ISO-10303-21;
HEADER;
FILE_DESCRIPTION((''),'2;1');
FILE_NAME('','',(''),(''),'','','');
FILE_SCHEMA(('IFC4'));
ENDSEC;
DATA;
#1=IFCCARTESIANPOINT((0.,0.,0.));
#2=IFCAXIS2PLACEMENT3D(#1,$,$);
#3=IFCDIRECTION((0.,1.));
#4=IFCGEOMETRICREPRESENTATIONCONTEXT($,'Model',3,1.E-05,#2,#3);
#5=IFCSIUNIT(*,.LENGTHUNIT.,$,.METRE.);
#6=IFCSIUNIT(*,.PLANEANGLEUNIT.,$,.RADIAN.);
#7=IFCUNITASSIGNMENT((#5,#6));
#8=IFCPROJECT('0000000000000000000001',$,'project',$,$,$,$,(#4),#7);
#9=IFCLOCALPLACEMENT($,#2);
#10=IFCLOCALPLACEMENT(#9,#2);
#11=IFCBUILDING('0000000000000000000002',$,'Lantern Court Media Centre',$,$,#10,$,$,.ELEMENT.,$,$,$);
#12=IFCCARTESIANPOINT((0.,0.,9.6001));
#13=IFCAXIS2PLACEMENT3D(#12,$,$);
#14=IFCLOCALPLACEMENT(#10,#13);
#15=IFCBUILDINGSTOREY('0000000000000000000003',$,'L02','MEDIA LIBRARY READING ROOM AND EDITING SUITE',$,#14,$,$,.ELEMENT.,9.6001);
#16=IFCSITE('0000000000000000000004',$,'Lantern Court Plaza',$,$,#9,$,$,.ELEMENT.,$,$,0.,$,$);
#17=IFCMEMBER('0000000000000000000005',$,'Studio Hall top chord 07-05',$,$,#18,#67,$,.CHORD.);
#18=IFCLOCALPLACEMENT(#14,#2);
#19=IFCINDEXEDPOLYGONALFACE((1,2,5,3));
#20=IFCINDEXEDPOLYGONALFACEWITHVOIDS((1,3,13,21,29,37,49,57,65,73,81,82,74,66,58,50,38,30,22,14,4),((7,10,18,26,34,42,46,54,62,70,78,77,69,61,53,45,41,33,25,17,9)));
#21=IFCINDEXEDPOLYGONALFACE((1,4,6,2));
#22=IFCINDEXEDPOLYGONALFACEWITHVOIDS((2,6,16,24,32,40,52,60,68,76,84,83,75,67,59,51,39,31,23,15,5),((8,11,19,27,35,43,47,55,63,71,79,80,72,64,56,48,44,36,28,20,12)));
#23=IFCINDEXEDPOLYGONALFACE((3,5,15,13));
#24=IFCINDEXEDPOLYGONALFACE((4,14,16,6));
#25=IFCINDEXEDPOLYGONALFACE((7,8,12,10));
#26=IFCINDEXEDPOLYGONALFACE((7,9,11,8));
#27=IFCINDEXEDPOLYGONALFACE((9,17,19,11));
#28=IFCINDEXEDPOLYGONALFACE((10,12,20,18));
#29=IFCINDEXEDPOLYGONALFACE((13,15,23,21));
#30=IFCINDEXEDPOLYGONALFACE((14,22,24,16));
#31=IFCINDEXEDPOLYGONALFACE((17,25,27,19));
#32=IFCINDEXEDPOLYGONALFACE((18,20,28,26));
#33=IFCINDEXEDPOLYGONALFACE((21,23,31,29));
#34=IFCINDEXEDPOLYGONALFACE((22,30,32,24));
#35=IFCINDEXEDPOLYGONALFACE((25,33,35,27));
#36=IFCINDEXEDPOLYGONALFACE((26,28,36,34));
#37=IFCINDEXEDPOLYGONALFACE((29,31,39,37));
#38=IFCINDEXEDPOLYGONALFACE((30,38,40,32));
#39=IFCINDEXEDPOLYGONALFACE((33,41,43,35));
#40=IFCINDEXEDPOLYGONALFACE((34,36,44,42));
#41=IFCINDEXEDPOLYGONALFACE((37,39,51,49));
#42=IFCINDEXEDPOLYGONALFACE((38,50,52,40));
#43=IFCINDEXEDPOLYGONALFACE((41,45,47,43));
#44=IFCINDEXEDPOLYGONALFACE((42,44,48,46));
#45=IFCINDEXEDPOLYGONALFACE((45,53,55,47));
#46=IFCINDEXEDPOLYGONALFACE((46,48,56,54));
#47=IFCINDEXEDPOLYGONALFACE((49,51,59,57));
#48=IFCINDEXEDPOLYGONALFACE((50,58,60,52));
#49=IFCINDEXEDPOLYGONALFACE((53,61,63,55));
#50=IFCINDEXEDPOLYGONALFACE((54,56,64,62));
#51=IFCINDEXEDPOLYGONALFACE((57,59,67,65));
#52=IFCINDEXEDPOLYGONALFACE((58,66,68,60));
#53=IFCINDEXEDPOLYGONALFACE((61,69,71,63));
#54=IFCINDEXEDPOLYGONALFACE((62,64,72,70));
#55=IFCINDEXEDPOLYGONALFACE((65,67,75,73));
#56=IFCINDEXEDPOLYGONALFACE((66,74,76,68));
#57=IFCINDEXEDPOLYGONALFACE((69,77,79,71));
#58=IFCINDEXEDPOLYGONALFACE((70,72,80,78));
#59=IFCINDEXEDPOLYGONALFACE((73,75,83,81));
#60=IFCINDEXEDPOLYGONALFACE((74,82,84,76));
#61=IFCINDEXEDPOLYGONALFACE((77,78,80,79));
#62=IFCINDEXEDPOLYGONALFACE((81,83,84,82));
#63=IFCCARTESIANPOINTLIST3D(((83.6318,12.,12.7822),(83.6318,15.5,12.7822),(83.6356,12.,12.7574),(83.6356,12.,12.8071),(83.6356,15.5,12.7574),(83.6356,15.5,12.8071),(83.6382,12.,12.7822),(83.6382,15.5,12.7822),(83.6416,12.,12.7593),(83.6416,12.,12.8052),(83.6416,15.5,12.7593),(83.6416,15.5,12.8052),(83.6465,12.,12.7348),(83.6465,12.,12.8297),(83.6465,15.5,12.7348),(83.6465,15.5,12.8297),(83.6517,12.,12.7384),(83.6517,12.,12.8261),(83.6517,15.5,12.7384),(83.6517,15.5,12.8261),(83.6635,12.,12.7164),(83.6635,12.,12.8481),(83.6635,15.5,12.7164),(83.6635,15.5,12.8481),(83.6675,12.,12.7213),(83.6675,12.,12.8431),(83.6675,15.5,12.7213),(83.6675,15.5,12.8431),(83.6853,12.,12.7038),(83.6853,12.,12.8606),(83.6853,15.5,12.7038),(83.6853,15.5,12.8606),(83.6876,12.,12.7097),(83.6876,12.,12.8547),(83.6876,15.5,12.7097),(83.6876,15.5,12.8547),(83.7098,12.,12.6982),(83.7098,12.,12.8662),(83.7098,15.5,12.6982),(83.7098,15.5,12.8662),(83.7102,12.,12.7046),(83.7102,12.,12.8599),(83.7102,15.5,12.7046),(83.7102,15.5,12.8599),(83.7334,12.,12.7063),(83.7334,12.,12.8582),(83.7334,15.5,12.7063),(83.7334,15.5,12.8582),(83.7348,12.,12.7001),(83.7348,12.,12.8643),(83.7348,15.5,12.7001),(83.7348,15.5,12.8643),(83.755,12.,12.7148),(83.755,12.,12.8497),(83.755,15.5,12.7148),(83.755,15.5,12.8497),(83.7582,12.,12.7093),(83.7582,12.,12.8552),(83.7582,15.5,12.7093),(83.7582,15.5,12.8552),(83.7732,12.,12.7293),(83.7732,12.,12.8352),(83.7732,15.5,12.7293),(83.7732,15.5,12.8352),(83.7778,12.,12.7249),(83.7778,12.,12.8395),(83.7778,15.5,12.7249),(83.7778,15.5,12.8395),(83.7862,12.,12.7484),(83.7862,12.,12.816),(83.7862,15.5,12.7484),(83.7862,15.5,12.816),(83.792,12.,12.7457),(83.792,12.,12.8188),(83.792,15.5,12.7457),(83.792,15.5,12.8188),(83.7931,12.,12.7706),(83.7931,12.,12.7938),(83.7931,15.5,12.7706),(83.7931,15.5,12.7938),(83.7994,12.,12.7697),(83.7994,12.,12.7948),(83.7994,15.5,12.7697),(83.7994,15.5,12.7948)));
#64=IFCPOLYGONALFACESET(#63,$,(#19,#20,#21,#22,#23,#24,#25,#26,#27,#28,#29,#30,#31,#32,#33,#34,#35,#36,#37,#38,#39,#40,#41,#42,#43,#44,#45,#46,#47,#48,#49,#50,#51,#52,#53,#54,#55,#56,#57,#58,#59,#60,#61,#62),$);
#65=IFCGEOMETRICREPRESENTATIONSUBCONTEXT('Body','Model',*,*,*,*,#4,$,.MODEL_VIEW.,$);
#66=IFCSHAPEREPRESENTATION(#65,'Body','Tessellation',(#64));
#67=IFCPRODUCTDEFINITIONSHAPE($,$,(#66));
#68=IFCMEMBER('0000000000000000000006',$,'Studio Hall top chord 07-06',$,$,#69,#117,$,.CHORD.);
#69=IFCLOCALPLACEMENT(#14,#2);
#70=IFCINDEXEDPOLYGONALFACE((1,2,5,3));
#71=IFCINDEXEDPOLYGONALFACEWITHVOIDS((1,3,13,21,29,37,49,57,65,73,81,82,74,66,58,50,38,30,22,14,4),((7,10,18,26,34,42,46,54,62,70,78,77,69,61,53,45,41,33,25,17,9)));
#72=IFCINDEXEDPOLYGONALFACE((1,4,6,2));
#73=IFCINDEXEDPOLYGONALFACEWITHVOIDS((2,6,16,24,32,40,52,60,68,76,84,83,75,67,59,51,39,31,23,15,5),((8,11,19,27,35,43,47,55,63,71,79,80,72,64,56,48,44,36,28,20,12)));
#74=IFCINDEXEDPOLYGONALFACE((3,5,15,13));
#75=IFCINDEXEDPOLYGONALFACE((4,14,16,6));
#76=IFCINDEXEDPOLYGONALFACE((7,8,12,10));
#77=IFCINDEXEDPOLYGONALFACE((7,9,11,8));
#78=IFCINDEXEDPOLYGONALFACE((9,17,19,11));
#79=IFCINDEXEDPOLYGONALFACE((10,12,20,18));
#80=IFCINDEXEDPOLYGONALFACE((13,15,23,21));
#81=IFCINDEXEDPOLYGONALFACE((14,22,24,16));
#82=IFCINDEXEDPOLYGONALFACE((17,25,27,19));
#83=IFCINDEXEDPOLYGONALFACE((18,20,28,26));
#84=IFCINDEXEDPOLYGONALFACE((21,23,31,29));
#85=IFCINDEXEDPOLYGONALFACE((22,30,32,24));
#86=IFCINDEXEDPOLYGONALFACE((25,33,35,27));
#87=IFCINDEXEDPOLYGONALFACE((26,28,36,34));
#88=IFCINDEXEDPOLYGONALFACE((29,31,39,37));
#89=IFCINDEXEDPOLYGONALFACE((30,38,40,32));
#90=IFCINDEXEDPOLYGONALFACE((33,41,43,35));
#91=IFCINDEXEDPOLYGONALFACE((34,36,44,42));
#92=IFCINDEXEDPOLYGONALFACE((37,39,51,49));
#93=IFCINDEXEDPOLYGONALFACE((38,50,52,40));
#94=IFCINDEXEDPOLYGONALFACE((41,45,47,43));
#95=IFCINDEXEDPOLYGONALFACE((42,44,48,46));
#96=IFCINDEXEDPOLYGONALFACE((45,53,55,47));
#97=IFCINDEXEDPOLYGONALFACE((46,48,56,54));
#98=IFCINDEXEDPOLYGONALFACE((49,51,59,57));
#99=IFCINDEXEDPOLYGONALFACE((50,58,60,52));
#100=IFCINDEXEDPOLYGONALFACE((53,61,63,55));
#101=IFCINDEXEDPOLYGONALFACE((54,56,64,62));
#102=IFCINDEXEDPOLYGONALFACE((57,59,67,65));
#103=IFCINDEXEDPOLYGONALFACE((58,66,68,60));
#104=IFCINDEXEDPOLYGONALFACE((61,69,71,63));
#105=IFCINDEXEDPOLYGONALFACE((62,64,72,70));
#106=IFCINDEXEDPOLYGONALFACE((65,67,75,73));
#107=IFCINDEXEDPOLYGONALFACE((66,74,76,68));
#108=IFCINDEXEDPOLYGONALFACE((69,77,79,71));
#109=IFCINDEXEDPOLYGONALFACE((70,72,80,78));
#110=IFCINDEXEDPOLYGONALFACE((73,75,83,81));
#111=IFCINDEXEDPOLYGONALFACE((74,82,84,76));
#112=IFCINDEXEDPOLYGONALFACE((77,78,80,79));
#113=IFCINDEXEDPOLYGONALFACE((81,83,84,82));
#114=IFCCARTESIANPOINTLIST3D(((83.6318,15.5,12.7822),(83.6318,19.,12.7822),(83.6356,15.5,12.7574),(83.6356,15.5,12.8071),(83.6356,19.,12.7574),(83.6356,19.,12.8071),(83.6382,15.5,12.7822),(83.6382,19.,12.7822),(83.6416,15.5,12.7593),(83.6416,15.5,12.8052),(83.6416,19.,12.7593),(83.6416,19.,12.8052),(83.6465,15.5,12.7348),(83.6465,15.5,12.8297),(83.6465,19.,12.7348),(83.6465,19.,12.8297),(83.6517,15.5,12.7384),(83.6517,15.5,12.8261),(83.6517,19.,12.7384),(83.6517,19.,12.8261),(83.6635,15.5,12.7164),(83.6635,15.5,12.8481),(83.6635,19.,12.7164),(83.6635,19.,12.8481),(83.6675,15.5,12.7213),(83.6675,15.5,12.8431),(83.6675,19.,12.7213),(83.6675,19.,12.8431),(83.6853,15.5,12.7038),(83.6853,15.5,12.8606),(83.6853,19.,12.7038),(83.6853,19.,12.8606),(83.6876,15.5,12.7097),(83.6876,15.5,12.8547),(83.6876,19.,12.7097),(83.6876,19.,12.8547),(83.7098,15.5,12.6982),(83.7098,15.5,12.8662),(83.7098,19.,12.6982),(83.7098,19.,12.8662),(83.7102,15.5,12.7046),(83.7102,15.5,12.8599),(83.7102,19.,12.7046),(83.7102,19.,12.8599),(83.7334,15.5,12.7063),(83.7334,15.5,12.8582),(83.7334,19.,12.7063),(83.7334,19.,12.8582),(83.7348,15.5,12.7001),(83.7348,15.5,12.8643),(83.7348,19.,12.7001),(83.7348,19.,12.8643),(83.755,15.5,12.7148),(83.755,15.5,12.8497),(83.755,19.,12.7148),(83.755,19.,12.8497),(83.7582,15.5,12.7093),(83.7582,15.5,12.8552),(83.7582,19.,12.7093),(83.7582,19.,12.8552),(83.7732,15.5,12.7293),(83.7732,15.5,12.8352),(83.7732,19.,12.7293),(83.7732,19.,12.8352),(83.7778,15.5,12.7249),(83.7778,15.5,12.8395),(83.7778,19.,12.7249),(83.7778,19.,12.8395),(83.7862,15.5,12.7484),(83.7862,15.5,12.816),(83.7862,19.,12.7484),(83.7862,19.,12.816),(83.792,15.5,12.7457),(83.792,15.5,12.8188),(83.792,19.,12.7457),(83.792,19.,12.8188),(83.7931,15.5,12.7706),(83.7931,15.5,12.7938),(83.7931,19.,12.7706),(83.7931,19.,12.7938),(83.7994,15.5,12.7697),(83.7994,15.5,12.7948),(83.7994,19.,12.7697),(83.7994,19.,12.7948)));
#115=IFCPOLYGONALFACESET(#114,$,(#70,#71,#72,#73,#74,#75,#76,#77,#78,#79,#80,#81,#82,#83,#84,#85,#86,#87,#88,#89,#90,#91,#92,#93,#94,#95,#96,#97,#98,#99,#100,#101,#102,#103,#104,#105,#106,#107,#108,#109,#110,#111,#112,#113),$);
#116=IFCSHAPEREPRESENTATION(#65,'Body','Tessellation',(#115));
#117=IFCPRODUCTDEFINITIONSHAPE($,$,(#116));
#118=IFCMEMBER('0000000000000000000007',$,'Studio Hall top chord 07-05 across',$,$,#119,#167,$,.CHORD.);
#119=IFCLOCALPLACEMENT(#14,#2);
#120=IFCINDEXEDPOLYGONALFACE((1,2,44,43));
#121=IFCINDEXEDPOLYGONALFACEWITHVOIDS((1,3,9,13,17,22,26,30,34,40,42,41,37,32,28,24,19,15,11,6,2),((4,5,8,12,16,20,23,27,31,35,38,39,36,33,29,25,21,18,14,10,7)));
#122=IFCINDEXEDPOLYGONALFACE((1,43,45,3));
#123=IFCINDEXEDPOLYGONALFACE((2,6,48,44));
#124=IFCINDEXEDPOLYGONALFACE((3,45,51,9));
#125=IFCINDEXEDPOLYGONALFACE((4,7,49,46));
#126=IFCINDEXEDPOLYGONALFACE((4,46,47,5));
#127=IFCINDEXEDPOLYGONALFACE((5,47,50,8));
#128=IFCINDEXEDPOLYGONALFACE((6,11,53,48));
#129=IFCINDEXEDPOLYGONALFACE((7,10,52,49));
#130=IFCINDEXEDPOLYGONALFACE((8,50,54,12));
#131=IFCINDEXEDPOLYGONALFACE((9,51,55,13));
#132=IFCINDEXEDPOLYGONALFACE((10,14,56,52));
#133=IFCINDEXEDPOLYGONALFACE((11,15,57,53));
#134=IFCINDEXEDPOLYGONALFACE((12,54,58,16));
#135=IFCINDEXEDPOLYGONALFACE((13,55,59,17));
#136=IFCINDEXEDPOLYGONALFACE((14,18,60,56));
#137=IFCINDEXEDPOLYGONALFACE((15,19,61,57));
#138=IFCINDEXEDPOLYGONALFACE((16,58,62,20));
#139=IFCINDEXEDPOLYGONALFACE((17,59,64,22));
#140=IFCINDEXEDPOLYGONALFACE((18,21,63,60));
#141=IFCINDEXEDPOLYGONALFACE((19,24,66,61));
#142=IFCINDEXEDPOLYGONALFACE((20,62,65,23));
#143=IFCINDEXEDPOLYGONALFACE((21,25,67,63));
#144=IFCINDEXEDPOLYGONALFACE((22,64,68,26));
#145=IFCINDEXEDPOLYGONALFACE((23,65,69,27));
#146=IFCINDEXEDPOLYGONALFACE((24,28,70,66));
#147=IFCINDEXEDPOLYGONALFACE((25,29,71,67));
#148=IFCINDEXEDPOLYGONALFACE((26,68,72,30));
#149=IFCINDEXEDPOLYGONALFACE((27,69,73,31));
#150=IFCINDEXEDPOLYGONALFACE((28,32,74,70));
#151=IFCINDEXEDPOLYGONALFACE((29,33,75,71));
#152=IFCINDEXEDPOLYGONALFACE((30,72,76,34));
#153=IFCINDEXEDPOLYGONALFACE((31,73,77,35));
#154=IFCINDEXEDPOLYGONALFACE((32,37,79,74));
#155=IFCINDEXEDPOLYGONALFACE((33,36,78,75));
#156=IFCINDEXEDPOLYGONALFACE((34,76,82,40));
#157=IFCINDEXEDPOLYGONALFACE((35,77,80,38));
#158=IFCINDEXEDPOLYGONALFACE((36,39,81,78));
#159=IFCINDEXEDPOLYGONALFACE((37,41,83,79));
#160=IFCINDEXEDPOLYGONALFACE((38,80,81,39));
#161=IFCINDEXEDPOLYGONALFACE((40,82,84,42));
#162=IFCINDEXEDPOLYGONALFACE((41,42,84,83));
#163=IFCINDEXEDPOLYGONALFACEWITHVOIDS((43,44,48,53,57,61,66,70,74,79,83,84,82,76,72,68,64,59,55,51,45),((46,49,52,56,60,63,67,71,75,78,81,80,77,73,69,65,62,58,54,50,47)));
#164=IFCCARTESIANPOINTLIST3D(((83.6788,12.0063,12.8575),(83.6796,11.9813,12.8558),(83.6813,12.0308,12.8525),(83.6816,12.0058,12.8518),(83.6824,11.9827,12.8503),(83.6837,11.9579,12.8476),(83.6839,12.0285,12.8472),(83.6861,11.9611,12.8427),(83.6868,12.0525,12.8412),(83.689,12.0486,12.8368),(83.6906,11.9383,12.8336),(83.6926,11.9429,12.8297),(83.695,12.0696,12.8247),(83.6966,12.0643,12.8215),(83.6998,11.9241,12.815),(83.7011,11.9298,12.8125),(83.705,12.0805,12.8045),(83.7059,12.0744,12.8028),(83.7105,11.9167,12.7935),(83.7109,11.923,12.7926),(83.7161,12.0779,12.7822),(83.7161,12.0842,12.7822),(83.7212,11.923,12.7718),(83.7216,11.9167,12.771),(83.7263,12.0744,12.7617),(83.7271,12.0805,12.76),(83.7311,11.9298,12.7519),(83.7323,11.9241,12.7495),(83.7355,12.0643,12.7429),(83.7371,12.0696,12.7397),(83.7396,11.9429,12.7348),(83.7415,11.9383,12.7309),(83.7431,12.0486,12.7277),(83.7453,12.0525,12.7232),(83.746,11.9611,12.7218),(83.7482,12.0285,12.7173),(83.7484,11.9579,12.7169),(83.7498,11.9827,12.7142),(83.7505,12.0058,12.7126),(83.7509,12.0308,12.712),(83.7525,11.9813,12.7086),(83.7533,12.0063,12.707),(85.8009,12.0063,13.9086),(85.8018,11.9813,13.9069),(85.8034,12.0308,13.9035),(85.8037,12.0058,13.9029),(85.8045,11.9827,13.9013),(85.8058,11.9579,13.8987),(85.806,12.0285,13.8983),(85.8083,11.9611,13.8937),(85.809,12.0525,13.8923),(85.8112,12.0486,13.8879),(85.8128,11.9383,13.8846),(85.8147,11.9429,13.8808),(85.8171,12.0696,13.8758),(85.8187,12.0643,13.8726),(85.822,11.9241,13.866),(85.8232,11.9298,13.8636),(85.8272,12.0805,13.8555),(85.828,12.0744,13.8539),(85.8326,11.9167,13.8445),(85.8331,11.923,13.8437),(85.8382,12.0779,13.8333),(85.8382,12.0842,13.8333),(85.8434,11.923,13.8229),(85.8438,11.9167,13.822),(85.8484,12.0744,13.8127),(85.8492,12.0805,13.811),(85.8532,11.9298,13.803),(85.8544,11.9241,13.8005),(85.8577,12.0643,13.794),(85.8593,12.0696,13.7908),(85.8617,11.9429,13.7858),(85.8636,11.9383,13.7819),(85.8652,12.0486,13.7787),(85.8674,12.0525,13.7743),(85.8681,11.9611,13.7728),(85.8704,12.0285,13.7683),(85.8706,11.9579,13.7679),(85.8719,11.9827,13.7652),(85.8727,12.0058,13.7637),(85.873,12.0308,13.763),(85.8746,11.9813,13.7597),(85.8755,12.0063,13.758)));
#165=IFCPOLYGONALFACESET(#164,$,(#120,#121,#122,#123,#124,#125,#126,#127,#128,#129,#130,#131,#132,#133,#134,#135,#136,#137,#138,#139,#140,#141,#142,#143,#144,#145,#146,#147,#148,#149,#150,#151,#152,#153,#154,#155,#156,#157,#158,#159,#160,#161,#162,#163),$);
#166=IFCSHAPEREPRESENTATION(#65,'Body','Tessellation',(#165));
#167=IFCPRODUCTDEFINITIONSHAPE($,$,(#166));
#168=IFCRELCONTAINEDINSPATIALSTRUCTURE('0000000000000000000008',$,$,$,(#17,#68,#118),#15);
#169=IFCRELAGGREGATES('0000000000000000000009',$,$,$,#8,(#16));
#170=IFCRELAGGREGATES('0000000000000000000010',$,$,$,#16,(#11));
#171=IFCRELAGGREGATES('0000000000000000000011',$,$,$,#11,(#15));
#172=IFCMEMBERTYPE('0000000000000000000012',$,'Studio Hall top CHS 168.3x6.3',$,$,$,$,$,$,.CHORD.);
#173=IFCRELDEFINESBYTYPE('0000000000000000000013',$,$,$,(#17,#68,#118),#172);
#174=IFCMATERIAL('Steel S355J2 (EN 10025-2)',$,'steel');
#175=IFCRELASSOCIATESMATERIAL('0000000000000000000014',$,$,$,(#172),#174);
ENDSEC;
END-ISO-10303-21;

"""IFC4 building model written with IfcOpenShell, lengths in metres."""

from ifc_helpers import new_model, si_unit, direction, frame, origin, origin_2d, place, context, subcontext, project, spatial, hollow_circle, extrude, material, material_profile, profile_set, type_object, element, save


model = new_model("IFC4")

# Units and contexts
model_context = context("Model", 3, precision=1e-05, world=origin(), true_north=direction((0.0, 1.0)))
body_context = subcontext(model_context, "Body", "Model", "MODEL_VIEW")
ifc_project = project(units=[si_unit("LENGTHUNIT", "METRE"), si_unit("PLANEANGLEUNIT", "RADIAN")], contexts=[model_context])

# Site, building, storey
site_placement = place(None, origin())
site = spatial("IfcSite", under=ifc_project, at=site_placement, Name="Lantern Court Plaza", CompositionType="ELEMENT", RefElevation=0.0)
building_placement = place(site_placement, origin())
building = spatial("IfcBuilding", under=site, at=building_placement, Name="Lantern Court Media Centre", CompositionType="ELEMENT")
storey_placement = place(building_placement, frame((0.0, 0.0, 9.6001)))
storey = spatial("IfcBuildingStorey", under=building, at=storey_placement, Name="L02", Description="MEDIA LIBRARY READING ROOM AND EDITING SUITE", CompositionType="ELEMENT", Elevation=9.6001)

# Members
ifc_material = material(Name="Steel S355J2 (EN 10025-2)", Category="steel")
ifc_material_profile_1 = material_profile(ifc_material, hollow_circle(Radius=0.0842, WallThickness=0.0063, at=origin_2d()), Name="Studio Hall top CHS 168.3x6.3")
ifc_profile_set_1 = profile_set([ifc_material_profile_1], Name="Steel S355J2 (EN 10025-2)")
member_type_1 = type_object("IfcMemberType", Name="Studio Hall top CHS 168.3x6.3", PredefinedType="CHORD", material=ifc_profile_set_1)
for number, where, z_axis, x_axis, name in (
    (1, (83.7161, 12.0, 12.7822), (0.0, 1.0, 0.0), (-1.0, 0.0, 0.0), "Studio Hall top chord 07-05"),
    (2, (83.7161, 15.5, 12.7822), (0.0, 1.0, 0.0), (-1.0, 0.0, 0.0), "Studio Hall top chord 07-06"),
):
    element("IfcMember", number, at=place(storey_placement, frame(where, z_axis=z_axis, x_axis=x_axis)), inside=storey, type_object=member_type_1, Name=name, PredefinedType="CHORD", context=body_context, shape_type="SweptSolid", body=[
        extrude(hollow_circle(Radius=0.0842, WallThickness=0.0063, at=origin_2d()), origin(), (0.0, 0.0, 1.0), 3.5),
    ])
for number, where, z_axis, x_axis, name in (
    (3, (83.7161, 12.0, 12.7822), (0.896112, 0.0, 0.443829), (0.0, 1.0, 0.0), "Studio Hall top chord 07-05 across"),
):
    element("IfcMember", number, at=place(storey_placement, frame(where, z_axis=z_axis, x_axis=x_axis)), inside=storey, type_object=member_type_1, Name=name, PredefinedType="CHORD", context=body_context, shape_type="SweptSolid", body=[
        extrude(hollow_circle(Radius=0.0842, WallThickness=0.0063, at=origin_2d()), origin(), (0.0, 0.0, 1.0), 2.3682),
    ])

save(model, "model.ifc")
